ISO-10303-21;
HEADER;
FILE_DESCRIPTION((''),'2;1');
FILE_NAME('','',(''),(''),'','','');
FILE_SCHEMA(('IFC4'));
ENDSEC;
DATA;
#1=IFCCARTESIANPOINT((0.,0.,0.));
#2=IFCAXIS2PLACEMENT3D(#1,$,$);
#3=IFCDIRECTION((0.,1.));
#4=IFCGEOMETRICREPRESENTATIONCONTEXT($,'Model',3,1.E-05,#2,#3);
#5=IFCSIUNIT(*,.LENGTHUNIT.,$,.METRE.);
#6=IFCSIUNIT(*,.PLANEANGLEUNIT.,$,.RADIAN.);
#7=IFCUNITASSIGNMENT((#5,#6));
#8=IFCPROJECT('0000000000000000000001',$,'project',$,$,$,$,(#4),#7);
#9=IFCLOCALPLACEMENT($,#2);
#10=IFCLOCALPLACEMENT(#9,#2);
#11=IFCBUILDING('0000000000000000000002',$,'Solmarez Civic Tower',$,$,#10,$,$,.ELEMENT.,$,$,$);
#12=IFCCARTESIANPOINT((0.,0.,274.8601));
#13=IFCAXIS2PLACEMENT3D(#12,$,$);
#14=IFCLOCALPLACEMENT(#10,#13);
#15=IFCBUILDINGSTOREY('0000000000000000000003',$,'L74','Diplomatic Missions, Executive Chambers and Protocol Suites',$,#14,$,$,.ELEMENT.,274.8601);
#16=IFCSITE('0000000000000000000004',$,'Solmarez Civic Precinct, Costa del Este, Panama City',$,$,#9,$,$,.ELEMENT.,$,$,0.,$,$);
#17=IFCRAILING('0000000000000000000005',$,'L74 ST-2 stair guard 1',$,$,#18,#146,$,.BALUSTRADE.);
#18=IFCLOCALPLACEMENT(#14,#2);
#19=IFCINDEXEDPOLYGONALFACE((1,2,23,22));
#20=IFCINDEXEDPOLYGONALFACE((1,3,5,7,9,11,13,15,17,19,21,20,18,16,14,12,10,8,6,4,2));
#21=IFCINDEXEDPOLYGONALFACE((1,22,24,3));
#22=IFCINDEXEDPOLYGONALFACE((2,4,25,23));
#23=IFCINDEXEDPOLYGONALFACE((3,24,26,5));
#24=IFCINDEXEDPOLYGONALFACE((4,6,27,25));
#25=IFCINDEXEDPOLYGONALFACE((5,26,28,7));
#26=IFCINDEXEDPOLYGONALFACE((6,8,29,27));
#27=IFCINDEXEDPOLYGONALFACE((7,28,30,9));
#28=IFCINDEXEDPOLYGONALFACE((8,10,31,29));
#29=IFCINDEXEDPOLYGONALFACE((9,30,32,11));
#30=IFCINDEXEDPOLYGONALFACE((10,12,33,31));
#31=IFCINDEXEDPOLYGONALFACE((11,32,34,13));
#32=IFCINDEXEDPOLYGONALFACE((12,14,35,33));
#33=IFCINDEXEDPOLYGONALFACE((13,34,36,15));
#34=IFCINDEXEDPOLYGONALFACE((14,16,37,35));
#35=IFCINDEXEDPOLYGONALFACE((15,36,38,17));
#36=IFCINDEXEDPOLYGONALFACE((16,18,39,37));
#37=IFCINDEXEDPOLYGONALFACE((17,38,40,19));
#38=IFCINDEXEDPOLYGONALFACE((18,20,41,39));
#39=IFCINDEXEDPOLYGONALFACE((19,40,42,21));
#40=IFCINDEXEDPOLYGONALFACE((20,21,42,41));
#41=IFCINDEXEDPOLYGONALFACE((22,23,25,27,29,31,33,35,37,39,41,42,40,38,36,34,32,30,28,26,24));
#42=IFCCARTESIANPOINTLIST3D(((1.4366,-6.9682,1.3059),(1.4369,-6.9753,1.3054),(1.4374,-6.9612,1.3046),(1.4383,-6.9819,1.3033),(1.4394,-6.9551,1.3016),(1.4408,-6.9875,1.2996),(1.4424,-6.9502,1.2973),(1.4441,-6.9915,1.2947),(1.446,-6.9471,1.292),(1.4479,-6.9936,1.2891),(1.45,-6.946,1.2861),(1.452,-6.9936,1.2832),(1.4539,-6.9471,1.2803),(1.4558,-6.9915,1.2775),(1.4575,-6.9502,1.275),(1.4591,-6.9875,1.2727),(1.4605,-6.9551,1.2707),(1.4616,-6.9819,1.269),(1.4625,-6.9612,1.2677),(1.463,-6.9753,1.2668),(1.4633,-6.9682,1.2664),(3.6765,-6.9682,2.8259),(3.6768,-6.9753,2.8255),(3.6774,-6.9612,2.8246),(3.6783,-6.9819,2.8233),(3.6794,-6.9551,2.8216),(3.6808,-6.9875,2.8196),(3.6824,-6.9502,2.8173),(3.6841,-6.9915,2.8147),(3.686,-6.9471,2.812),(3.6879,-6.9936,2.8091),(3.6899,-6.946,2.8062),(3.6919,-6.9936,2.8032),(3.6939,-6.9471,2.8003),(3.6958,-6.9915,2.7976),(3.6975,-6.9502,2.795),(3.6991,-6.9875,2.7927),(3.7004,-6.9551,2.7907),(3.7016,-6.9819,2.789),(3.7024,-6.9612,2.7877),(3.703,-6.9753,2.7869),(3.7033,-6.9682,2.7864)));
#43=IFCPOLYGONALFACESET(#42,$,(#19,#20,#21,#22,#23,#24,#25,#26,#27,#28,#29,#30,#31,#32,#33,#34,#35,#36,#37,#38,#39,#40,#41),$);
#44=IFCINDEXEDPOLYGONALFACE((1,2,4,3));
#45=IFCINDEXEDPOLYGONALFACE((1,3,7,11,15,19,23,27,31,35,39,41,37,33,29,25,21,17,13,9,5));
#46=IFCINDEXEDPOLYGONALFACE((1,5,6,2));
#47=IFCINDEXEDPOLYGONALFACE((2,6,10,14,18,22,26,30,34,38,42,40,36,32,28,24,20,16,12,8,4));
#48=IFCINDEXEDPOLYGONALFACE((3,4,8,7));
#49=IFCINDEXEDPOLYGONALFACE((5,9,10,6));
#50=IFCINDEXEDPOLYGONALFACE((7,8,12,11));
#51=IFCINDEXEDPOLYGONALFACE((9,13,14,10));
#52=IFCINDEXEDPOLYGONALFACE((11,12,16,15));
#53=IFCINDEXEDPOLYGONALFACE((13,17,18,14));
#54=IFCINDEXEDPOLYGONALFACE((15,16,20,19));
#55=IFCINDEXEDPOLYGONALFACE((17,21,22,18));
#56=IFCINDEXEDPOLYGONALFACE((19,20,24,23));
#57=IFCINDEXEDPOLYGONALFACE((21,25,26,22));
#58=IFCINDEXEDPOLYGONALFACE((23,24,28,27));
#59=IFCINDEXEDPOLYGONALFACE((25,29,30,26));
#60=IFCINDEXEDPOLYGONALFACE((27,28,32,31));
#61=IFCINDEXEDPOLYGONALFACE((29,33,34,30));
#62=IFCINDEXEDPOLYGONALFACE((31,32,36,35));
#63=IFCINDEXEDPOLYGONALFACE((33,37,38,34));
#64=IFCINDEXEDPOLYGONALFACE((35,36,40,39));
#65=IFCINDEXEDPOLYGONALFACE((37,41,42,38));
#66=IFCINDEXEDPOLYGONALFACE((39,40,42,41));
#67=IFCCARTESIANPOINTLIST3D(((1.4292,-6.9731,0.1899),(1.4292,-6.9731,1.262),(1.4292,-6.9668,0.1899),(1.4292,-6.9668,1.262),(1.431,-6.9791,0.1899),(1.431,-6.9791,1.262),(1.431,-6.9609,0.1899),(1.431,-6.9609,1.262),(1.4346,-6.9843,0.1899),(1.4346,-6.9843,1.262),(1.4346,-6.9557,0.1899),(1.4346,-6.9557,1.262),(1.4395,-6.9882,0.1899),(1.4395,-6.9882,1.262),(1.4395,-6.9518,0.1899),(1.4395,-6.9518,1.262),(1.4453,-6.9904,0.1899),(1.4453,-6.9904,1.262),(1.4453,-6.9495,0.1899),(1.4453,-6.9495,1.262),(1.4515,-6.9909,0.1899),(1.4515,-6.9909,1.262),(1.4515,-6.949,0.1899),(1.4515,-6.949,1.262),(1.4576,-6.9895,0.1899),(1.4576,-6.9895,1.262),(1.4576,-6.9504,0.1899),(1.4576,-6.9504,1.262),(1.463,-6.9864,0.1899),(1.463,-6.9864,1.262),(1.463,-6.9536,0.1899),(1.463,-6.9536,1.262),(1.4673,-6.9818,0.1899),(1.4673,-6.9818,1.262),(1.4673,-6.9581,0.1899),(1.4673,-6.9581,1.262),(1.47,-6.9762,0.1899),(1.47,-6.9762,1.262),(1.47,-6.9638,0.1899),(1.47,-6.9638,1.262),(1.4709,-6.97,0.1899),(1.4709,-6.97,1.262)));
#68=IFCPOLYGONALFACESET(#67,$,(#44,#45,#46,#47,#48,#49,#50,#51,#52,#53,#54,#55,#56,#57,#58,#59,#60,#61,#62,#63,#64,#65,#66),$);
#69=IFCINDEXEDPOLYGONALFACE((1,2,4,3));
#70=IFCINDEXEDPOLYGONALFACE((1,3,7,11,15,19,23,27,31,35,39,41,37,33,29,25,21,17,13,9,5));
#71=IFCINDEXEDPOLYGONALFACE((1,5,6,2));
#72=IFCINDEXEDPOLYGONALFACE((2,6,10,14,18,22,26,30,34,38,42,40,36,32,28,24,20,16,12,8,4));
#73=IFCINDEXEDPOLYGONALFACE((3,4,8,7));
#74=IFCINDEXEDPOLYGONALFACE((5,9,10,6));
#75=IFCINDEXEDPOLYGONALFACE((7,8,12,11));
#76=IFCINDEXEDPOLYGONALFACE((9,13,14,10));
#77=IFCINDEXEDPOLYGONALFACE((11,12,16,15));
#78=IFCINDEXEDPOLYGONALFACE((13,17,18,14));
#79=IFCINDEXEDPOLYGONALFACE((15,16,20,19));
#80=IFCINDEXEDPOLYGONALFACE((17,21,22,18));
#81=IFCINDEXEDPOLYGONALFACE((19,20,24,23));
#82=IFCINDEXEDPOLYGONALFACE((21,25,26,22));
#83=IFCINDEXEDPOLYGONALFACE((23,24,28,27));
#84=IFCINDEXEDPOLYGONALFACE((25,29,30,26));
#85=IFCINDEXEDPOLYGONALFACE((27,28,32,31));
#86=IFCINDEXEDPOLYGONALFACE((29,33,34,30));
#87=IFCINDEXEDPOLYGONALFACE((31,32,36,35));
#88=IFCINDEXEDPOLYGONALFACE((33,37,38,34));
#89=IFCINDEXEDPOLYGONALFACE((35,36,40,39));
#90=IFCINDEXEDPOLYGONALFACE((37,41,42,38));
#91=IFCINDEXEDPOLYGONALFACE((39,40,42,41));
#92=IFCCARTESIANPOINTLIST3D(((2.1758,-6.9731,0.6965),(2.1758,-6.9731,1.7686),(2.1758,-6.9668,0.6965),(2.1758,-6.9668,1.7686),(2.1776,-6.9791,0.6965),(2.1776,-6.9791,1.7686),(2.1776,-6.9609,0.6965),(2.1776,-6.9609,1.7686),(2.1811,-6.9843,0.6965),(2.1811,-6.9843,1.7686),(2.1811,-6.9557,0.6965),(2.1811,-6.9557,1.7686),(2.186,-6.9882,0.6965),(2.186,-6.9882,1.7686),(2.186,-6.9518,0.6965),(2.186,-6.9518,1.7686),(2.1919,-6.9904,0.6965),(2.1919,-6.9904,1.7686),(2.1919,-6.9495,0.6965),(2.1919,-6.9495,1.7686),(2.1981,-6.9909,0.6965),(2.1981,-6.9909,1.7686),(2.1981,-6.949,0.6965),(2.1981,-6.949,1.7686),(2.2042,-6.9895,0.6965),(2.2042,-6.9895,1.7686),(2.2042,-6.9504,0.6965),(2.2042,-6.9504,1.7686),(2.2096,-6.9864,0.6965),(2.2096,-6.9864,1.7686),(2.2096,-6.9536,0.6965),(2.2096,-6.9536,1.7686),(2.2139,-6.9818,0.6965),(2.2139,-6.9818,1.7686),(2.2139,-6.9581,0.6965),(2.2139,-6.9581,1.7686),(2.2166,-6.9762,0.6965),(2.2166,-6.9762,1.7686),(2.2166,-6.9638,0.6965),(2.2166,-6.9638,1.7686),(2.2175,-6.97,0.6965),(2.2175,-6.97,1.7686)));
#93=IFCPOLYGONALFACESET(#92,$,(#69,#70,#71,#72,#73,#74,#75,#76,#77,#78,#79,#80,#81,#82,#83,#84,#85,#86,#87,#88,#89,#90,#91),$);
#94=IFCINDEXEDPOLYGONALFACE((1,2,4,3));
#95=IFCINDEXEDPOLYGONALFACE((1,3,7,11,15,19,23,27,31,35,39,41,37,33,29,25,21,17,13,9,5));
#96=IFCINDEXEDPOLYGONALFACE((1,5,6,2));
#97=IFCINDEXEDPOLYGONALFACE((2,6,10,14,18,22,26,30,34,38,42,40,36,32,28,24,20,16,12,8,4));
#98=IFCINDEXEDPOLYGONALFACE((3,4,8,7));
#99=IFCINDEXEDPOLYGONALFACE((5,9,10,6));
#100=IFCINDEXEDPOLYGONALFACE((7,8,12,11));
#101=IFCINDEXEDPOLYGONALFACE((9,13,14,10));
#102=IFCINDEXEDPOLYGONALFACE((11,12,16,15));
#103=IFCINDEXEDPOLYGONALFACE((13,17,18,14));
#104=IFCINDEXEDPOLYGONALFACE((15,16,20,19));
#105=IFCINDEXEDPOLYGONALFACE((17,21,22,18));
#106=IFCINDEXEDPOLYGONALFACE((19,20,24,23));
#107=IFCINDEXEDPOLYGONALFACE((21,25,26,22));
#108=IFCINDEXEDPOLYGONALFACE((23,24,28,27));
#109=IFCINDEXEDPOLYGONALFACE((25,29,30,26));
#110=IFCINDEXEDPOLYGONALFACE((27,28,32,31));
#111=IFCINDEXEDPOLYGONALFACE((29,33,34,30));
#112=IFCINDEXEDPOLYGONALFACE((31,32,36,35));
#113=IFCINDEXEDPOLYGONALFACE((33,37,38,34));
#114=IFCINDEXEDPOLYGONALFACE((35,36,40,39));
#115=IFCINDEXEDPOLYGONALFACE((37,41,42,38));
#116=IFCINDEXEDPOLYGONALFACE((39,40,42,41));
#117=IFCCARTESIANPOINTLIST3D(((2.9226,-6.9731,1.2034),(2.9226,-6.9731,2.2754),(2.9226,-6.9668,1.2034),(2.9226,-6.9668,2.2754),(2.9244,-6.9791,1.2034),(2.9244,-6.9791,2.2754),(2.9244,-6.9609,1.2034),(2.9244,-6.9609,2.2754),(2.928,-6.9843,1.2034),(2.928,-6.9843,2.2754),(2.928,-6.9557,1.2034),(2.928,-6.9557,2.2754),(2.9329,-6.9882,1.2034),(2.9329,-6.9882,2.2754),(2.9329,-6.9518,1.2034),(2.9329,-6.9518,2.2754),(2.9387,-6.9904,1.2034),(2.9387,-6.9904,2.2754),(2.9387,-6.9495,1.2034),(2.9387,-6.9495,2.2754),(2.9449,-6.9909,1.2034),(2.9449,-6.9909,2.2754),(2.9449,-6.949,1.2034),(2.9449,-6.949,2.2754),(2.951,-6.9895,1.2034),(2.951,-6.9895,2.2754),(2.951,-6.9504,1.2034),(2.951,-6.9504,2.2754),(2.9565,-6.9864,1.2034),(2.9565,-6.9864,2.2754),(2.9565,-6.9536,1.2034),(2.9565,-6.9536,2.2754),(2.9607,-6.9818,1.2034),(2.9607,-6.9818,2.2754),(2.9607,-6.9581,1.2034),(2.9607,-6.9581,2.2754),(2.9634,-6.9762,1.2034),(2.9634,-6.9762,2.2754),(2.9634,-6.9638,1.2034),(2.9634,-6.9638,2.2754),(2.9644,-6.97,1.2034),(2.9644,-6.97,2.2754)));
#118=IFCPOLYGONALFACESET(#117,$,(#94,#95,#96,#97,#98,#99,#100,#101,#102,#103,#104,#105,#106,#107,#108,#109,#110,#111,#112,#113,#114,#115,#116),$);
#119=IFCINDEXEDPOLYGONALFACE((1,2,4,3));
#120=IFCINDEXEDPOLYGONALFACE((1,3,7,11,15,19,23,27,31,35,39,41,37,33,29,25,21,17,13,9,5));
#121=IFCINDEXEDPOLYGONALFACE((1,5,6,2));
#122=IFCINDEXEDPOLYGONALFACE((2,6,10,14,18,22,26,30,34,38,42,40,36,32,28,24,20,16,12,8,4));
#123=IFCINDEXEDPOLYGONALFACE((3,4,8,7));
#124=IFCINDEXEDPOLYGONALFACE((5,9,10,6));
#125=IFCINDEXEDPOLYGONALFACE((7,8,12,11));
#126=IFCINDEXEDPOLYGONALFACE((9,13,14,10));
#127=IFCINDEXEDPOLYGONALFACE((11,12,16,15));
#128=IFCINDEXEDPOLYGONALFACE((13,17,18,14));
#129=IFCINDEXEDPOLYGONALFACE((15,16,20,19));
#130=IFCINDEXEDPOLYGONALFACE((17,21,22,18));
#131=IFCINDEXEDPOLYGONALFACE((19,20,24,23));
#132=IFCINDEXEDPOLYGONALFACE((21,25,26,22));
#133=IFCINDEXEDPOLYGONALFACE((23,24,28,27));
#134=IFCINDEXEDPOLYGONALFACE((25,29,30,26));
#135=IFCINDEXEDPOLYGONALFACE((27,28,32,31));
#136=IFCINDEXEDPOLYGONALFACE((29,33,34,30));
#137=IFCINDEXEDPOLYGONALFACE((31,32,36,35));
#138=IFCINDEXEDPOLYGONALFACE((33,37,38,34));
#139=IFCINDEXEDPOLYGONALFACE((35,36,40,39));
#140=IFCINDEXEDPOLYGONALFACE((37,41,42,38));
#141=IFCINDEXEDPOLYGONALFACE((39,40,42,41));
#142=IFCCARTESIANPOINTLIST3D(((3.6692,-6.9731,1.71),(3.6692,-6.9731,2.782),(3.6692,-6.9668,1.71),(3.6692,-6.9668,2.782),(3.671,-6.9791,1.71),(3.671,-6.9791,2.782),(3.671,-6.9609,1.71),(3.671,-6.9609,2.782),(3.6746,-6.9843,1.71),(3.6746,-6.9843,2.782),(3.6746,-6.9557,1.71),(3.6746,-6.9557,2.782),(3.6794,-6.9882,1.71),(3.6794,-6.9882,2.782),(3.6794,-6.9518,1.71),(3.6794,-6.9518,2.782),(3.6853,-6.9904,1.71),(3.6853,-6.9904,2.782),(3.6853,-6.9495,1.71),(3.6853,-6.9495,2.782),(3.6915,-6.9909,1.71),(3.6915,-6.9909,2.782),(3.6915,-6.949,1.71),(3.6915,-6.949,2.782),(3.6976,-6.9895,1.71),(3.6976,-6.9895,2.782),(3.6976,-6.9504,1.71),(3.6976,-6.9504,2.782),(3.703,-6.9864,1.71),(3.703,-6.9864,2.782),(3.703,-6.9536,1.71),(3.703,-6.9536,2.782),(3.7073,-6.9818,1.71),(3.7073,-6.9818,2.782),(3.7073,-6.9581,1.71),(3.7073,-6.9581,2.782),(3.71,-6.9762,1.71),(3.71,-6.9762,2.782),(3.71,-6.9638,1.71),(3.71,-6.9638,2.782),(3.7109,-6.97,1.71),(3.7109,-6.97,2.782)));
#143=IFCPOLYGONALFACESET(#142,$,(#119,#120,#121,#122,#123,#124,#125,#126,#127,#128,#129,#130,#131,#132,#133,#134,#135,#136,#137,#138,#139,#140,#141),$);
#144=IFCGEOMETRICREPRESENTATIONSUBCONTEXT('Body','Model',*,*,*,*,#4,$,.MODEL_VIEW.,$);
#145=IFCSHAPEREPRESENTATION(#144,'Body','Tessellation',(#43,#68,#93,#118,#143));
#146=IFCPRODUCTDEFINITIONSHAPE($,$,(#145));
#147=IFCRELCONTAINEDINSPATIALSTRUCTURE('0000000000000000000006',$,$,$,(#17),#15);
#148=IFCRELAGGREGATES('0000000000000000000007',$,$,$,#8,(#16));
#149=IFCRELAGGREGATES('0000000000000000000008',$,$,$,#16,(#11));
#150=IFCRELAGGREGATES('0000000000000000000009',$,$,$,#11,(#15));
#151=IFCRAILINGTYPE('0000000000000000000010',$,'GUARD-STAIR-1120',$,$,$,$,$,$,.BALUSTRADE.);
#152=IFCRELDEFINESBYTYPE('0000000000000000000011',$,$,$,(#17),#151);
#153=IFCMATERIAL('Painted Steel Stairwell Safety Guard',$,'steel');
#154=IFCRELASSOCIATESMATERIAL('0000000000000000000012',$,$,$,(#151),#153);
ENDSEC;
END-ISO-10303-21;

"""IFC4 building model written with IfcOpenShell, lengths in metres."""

from ifc_helpers import new_model, si_unit, direction, frame, origin, origin_2d, place, context, subcontext, project, spatial, circle, extrude, material, type_object, element, save


model = new_model("IFC4")

# Units and contexts
model_context = context("Model", 3, precision=1e-05, world=origin(), true_north=direction((0.0, 1.0)))
body_context = subcontext(model_context, "Body", "Model", "MODEL_VIEW")
ifc_project = project(units=[si_unit("LENGTHUNIT", "METRE"), si_unit("PLANEANGLEUNIT", "RADIAN")], contexts=[model_context])

# Site, building, storey
site_placement = place(None, origin())
site = spatial("IfcSite", under=ifc_project, at=site_placement, Name="Solmarez Civic Precinct, Costa del Este, Panama City", CompositionType="ELEMENT", RefElevation=0.0)
building_placement = place(site_placement, origin())
building = spatial("IfcBuilding", under=site, at=building_placement, Name="Solmarez Civic Tower", CompositionType="ELEMENT")
storey_placement = place(building_placement, frame((0.0, 0.0, 274.8601)))
storey = spatial("IfcBuildingStorey", under=building, at=storey_placement, Name="L74", Description="Diplomatic Missions, Executive Chambers and Protocol Suites", CompositionType="ELEMENT", Elevation=274.8601)

# Railing
ifc_material_1 = material(Name="Painted Steel Stairwell Safety Guard", Category="steel")
railing_type_1 = type_object("IfcRailingType", Name="GUARD-STAIR-1120", PredefinedType="BALUSTRADE", material=ifc_material_1)
railing_1_placement = place(storey_placement, frame((1.45, -6.97, 0.1899)))
element("IfcRailing", 1, at=railing_1_placement, inside=storey, type_object=railing_type_1, Name="L74 ST-2 stair guard 1", PredefinedType="BALUSTRADE", context=body_context, shape_type="SweptSolid", body=[
    extrude(circle(Radius=0.0239, at=origin_2d()), frame((0.0, 0.0, 1.0962), z_axis=(0.827471, 0.0, 0.561508), x_axis=(0.0, 1.0, 0.0)), (0.0, 0.0, 1.0), 2.707),
    extrude(circle(Radius=0.021, at=origin_2d()), origin(), (0.0, 0.0, 1.0), 1.072),
    extrude(circle(Radius=0.021, at=origin_2d()), frame((0.7466, 0.0, 0.5066)), (0.0, 0.0, 1.0), 1.072),
    extrude(circle(Radius=0.021, at=origin_2d()), frame((1.4934, 0.0, 1.0134)), (0.0, 0.0, 1.0), 1.072),
    extrude(circle(Radius=0.021, at=origin_2d()), frame((2.24, 0.0, 1.52)), (0.0, 0.0, 1.0), 1.072),
])

save(model, "model.ifc")
